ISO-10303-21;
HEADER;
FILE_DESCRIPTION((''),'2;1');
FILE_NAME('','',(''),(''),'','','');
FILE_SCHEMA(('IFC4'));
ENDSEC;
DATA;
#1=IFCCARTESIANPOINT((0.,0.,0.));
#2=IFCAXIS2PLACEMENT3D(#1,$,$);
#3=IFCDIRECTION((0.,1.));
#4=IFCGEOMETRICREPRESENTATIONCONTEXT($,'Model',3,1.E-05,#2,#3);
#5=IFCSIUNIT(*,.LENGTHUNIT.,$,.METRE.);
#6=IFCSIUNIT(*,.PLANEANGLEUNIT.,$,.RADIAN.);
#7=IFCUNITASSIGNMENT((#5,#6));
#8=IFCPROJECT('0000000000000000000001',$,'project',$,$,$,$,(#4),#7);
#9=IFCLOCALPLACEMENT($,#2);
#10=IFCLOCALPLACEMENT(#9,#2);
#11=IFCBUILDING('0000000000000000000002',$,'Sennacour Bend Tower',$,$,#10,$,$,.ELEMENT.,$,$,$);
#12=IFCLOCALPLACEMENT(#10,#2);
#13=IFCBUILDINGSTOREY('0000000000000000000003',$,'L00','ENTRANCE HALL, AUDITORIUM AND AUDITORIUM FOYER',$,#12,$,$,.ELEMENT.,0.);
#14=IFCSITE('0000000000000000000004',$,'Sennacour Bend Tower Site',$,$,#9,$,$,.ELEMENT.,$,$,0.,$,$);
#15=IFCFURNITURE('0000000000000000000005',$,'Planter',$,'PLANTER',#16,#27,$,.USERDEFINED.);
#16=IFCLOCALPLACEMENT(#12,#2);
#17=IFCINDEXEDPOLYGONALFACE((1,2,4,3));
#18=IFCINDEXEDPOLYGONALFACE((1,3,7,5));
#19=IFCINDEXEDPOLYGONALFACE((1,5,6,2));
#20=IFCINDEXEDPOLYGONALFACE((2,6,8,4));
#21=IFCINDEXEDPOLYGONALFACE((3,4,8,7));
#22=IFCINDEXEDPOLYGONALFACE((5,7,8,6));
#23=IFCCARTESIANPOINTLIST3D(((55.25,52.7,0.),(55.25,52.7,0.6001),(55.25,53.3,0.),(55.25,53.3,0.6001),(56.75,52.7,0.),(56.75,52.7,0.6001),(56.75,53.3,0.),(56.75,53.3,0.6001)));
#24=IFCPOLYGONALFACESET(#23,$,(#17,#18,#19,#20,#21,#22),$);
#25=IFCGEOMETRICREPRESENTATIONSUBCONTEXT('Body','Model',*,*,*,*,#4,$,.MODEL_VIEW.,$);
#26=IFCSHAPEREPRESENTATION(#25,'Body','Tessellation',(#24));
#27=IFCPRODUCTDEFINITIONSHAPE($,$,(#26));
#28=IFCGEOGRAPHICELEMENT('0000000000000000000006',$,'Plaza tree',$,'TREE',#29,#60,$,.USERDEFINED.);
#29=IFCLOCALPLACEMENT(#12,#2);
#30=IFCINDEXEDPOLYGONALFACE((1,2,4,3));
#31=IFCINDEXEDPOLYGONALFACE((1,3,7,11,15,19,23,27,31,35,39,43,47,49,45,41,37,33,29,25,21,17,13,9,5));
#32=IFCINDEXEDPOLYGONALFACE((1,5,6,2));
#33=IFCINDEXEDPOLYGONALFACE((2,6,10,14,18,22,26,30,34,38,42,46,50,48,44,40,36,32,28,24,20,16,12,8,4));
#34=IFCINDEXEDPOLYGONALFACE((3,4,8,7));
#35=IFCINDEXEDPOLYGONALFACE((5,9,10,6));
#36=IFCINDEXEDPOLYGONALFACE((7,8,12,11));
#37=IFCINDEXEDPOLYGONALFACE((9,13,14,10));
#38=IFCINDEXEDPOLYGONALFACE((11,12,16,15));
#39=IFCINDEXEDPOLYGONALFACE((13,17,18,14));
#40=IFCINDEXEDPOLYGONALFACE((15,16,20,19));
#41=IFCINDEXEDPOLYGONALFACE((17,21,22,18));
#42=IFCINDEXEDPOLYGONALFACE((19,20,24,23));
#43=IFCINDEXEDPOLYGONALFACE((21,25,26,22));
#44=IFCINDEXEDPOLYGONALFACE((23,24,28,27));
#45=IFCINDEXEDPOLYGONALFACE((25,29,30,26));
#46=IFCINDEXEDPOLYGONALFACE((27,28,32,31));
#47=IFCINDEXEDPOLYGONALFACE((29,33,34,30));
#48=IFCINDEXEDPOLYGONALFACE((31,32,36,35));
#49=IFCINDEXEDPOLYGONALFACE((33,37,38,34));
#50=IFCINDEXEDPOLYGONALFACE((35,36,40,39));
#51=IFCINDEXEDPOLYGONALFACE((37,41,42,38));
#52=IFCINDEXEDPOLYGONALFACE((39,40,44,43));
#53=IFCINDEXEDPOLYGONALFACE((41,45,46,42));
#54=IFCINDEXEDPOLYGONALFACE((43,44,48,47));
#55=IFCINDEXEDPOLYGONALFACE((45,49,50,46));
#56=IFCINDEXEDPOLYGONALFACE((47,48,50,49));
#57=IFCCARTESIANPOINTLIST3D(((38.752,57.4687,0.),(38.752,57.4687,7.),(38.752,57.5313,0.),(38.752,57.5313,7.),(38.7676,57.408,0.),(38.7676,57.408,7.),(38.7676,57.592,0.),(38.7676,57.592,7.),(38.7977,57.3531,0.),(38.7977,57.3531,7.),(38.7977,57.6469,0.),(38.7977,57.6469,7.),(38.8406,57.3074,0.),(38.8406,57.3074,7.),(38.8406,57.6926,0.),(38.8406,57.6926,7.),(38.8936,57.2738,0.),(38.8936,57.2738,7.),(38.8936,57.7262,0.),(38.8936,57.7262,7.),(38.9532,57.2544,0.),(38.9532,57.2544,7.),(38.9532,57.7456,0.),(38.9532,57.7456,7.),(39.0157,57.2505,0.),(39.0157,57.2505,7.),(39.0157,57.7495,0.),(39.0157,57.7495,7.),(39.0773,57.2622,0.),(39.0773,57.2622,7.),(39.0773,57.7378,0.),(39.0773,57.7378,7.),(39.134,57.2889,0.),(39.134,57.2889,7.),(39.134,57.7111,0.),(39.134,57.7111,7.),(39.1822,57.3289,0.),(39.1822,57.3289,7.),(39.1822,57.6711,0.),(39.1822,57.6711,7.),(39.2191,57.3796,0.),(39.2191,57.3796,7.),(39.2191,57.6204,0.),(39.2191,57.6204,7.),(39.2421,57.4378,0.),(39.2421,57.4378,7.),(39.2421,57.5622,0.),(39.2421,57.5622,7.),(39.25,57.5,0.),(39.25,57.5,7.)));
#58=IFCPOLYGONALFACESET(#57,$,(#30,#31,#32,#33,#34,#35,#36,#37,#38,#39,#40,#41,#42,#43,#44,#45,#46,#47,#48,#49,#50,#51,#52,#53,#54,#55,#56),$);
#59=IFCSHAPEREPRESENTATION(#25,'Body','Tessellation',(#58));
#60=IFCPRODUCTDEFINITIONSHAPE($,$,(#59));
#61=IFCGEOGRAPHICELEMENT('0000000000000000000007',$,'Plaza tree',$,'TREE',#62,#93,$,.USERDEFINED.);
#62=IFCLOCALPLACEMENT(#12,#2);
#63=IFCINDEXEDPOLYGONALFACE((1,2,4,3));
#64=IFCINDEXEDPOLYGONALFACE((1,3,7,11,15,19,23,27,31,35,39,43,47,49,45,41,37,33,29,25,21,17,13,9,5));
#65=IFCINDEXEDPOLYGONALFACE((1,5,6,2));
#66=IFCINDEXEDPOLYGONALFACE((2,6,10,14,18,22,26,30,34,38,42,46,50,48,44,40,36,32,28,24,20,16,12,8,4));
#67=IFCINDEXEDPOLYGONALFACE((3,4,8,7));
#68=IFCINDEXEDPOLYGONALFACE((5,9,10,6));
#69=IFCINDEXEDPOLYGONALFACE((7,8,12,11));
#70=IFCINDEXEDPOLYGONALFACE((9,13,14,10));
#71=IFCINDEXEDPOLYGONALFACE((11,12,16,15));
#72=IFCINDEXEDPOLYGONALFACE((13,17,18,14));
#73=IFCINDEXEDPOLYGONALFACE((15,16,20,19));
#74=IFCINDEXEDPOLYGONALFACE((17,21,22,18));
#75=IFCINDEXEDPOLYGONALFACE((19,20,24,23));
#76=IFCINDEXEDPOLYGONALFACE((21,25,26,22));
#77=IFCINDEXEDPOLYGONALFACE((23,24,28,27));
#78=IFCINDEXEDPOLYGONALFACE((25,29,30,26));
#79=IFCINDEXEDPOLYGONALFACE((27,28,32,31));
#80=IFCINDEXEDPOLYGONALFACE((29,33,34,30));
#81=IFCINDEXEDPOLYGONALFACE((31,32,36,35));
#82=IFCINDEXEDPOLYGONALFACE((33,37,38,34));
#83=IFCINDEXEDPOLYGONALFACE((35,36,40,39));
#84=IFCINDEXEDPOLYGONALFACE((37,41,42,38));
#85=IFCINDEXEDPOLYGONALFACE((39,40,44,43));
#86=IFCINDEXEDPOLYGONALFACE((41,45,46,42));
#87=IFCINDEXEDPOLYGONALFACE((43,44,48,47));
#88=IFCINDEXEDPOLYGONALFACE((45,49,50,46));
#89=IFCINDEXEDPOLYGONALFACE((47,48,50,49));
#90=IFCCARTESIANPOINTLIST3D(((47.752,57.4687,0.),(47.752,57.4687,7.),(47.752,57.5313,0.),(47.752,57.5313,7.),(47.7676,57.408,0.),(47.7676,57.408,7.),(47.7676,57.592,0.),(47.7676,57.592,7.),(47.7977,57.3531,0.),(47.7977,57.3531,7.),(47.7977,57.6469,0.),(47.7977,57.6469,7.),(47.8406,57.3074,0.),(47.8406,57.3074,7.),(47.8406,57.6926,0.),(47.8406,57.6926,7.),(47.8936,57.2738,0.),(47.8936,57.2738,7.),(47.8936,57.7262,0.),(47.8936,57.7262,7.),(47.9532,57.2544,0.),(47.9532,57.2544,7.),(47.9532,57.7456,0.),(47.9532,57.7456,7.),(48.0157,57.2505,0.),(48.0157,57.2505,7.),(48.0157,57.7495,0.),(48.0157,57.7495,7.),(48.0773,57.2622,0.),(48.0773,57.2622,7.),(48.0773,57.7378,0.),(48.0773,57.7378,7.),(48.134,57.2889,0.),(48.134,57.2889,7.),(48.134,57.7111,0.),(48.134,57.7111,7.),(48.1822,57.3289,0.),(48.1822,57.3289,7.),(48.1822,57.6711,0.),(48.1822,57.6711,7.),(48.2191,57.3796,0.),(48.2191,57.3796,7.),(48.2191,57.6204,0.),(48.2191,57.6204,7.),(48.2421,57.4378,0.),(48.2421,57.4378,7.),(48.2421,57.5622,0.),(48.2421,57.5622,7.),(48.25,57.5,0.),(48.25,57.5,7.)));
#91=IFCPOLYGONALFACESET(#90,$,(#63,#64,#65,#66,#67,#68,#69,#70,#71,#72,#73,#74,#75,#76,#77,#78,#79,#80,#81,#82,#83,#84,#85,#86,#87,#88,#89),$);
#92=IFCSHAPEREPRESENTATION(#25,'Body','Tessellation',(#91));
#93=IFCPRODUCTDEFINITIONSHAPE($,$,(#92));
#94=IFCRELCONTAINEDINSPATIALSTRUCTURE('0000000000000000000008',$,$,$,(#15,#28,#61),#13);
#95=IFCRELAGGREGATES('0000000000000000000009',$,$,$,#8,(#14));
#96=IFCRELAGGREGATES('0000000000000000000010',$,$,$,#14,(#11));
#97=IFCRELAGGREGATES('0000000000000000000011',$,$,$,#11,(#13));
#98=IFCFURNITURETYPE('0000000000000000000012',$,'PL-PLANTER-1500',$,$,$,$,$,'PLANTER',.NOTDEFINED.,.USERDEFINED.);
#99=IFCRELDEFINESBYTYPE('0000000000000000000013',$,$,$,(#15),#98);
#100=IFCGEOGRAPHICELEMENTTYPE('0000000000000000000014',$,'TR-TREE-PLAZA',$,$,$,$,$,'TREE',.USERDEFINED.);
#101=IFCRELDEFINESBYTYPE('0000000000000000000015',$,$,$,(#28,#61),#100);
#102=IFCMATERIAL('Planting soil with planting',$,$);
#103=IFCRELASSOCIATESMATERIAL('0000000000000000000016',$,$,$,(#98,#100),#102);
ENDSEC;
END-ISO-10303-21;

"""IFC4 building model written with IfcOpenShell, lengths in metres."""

from ifc_helpers import new_model, si_unit, direction, frame, origin, origin_2d, place, context, subcontext, project, spatial, rectangle, circle, extrude, material, type_object, element, save


model = new_model("IFC4")

# Units and contexts
model_context = context("Model", 3, precision=1e-05, world=origin(), true_north=direction((0.0, 1.0)))
body_context = subcontext(model_context, "Body", "Model", "MODEL_VIEW")
ifc_project = project(units=[si_unit("LENGTHUNIT", "METRE"), si_unit("PLANEANGLEUNIT", "RADIAN")], contexts=[model_context])

# Site, building, storey
site_placement = place(None, origin())
site = spatial("IfcSite", under=ifc_project, at=site_placement, Name="Sennacour Bend Tower Site", CompositionType="ELEMENT", RefElevation=0.0)
building_placement = place(site_placement, origin())
building = spatial("IfcBuilding", under=site, at=building_placement, Name="Sennacour Bend Tower", CompositionType="ELEMENT")
storey_placement = place(building_placement, origin())
storey = spatial("IfcBuildingStorey", under=building, at=storey_placement, Name="L00", Description="ENTRANCE HALL, AUDITORIUM AND AUDITORIUM FOYER", CompositionType="ELEMENT", Elevation=0.0)

# Furniture
ifc_material_1 = material(Name="Planting soil with planting")
furniture_type = type_object("IfcFurnitureType", Name="PL-PLANTER-1500", ElementType="PLANTER", AssemblyPlace="NOTDEFINED", PredefinedType="USERDEFINED", material=ifc_material_1)
for number, where, z_axis, x_axis, name in (
    (1, (56.0, 53.0, 0.0), (0.0, 0.0, 1.0), (1.0, 0.0, 0.0), "Planter"),
):
    element("IfcFurniture", number, at=place(storey_placement, frame(where, z_axis=z_axis, x_axis=x_axis)), inside=storey, type_object=furniture_type, Name=name, ObjectType="PLANTER", PredefinedType="USERDEFINED", context=body_context, shape_type="SweptSolid", body=[
        extrude(rectangle(XDim=1.5, YDim=0.6001, at=origin_2d()), origin(), (0.0, 0.0, 1.0), 0.6001),
    ])

# Geographic elements
geographic_element_type = type_object("IfcGeographicElementType", Name="TR-TREE-PLAZA", ElementType="TREE", PredefinedType="USERDEFINED", material=ifc_material_1)
for number, where, z_axis, x_axis, name in (
    (2, (39.0, 57.5, 7.0), (0.0, 0.0, -1.0), (1.0, 0.0, 0.0), "Plaza tree"),
    (3, (48.0, 57.5, 7.0), (0.0, 0.0, -1.0), (1.0, 0.0, 0.0), "Plaza tree"),
):
    element("IfcGeographicElement", number, at=place(storey_placement, frame(where, z_axis=z_axis, x_axis=x_axis)), inside=storey, type_object=geographic_element_type, Name=name, ObjectType="TREE", PredefinedType="USERDEFINED", context=body_context, shape_type="SweptSolid", body=[
        extrude(circle(Radius=0.25, at=origin_2d()), origin(), (0.0, 0.0, 1.0), 7.0),
    ])

save(model, "model.ifc")
